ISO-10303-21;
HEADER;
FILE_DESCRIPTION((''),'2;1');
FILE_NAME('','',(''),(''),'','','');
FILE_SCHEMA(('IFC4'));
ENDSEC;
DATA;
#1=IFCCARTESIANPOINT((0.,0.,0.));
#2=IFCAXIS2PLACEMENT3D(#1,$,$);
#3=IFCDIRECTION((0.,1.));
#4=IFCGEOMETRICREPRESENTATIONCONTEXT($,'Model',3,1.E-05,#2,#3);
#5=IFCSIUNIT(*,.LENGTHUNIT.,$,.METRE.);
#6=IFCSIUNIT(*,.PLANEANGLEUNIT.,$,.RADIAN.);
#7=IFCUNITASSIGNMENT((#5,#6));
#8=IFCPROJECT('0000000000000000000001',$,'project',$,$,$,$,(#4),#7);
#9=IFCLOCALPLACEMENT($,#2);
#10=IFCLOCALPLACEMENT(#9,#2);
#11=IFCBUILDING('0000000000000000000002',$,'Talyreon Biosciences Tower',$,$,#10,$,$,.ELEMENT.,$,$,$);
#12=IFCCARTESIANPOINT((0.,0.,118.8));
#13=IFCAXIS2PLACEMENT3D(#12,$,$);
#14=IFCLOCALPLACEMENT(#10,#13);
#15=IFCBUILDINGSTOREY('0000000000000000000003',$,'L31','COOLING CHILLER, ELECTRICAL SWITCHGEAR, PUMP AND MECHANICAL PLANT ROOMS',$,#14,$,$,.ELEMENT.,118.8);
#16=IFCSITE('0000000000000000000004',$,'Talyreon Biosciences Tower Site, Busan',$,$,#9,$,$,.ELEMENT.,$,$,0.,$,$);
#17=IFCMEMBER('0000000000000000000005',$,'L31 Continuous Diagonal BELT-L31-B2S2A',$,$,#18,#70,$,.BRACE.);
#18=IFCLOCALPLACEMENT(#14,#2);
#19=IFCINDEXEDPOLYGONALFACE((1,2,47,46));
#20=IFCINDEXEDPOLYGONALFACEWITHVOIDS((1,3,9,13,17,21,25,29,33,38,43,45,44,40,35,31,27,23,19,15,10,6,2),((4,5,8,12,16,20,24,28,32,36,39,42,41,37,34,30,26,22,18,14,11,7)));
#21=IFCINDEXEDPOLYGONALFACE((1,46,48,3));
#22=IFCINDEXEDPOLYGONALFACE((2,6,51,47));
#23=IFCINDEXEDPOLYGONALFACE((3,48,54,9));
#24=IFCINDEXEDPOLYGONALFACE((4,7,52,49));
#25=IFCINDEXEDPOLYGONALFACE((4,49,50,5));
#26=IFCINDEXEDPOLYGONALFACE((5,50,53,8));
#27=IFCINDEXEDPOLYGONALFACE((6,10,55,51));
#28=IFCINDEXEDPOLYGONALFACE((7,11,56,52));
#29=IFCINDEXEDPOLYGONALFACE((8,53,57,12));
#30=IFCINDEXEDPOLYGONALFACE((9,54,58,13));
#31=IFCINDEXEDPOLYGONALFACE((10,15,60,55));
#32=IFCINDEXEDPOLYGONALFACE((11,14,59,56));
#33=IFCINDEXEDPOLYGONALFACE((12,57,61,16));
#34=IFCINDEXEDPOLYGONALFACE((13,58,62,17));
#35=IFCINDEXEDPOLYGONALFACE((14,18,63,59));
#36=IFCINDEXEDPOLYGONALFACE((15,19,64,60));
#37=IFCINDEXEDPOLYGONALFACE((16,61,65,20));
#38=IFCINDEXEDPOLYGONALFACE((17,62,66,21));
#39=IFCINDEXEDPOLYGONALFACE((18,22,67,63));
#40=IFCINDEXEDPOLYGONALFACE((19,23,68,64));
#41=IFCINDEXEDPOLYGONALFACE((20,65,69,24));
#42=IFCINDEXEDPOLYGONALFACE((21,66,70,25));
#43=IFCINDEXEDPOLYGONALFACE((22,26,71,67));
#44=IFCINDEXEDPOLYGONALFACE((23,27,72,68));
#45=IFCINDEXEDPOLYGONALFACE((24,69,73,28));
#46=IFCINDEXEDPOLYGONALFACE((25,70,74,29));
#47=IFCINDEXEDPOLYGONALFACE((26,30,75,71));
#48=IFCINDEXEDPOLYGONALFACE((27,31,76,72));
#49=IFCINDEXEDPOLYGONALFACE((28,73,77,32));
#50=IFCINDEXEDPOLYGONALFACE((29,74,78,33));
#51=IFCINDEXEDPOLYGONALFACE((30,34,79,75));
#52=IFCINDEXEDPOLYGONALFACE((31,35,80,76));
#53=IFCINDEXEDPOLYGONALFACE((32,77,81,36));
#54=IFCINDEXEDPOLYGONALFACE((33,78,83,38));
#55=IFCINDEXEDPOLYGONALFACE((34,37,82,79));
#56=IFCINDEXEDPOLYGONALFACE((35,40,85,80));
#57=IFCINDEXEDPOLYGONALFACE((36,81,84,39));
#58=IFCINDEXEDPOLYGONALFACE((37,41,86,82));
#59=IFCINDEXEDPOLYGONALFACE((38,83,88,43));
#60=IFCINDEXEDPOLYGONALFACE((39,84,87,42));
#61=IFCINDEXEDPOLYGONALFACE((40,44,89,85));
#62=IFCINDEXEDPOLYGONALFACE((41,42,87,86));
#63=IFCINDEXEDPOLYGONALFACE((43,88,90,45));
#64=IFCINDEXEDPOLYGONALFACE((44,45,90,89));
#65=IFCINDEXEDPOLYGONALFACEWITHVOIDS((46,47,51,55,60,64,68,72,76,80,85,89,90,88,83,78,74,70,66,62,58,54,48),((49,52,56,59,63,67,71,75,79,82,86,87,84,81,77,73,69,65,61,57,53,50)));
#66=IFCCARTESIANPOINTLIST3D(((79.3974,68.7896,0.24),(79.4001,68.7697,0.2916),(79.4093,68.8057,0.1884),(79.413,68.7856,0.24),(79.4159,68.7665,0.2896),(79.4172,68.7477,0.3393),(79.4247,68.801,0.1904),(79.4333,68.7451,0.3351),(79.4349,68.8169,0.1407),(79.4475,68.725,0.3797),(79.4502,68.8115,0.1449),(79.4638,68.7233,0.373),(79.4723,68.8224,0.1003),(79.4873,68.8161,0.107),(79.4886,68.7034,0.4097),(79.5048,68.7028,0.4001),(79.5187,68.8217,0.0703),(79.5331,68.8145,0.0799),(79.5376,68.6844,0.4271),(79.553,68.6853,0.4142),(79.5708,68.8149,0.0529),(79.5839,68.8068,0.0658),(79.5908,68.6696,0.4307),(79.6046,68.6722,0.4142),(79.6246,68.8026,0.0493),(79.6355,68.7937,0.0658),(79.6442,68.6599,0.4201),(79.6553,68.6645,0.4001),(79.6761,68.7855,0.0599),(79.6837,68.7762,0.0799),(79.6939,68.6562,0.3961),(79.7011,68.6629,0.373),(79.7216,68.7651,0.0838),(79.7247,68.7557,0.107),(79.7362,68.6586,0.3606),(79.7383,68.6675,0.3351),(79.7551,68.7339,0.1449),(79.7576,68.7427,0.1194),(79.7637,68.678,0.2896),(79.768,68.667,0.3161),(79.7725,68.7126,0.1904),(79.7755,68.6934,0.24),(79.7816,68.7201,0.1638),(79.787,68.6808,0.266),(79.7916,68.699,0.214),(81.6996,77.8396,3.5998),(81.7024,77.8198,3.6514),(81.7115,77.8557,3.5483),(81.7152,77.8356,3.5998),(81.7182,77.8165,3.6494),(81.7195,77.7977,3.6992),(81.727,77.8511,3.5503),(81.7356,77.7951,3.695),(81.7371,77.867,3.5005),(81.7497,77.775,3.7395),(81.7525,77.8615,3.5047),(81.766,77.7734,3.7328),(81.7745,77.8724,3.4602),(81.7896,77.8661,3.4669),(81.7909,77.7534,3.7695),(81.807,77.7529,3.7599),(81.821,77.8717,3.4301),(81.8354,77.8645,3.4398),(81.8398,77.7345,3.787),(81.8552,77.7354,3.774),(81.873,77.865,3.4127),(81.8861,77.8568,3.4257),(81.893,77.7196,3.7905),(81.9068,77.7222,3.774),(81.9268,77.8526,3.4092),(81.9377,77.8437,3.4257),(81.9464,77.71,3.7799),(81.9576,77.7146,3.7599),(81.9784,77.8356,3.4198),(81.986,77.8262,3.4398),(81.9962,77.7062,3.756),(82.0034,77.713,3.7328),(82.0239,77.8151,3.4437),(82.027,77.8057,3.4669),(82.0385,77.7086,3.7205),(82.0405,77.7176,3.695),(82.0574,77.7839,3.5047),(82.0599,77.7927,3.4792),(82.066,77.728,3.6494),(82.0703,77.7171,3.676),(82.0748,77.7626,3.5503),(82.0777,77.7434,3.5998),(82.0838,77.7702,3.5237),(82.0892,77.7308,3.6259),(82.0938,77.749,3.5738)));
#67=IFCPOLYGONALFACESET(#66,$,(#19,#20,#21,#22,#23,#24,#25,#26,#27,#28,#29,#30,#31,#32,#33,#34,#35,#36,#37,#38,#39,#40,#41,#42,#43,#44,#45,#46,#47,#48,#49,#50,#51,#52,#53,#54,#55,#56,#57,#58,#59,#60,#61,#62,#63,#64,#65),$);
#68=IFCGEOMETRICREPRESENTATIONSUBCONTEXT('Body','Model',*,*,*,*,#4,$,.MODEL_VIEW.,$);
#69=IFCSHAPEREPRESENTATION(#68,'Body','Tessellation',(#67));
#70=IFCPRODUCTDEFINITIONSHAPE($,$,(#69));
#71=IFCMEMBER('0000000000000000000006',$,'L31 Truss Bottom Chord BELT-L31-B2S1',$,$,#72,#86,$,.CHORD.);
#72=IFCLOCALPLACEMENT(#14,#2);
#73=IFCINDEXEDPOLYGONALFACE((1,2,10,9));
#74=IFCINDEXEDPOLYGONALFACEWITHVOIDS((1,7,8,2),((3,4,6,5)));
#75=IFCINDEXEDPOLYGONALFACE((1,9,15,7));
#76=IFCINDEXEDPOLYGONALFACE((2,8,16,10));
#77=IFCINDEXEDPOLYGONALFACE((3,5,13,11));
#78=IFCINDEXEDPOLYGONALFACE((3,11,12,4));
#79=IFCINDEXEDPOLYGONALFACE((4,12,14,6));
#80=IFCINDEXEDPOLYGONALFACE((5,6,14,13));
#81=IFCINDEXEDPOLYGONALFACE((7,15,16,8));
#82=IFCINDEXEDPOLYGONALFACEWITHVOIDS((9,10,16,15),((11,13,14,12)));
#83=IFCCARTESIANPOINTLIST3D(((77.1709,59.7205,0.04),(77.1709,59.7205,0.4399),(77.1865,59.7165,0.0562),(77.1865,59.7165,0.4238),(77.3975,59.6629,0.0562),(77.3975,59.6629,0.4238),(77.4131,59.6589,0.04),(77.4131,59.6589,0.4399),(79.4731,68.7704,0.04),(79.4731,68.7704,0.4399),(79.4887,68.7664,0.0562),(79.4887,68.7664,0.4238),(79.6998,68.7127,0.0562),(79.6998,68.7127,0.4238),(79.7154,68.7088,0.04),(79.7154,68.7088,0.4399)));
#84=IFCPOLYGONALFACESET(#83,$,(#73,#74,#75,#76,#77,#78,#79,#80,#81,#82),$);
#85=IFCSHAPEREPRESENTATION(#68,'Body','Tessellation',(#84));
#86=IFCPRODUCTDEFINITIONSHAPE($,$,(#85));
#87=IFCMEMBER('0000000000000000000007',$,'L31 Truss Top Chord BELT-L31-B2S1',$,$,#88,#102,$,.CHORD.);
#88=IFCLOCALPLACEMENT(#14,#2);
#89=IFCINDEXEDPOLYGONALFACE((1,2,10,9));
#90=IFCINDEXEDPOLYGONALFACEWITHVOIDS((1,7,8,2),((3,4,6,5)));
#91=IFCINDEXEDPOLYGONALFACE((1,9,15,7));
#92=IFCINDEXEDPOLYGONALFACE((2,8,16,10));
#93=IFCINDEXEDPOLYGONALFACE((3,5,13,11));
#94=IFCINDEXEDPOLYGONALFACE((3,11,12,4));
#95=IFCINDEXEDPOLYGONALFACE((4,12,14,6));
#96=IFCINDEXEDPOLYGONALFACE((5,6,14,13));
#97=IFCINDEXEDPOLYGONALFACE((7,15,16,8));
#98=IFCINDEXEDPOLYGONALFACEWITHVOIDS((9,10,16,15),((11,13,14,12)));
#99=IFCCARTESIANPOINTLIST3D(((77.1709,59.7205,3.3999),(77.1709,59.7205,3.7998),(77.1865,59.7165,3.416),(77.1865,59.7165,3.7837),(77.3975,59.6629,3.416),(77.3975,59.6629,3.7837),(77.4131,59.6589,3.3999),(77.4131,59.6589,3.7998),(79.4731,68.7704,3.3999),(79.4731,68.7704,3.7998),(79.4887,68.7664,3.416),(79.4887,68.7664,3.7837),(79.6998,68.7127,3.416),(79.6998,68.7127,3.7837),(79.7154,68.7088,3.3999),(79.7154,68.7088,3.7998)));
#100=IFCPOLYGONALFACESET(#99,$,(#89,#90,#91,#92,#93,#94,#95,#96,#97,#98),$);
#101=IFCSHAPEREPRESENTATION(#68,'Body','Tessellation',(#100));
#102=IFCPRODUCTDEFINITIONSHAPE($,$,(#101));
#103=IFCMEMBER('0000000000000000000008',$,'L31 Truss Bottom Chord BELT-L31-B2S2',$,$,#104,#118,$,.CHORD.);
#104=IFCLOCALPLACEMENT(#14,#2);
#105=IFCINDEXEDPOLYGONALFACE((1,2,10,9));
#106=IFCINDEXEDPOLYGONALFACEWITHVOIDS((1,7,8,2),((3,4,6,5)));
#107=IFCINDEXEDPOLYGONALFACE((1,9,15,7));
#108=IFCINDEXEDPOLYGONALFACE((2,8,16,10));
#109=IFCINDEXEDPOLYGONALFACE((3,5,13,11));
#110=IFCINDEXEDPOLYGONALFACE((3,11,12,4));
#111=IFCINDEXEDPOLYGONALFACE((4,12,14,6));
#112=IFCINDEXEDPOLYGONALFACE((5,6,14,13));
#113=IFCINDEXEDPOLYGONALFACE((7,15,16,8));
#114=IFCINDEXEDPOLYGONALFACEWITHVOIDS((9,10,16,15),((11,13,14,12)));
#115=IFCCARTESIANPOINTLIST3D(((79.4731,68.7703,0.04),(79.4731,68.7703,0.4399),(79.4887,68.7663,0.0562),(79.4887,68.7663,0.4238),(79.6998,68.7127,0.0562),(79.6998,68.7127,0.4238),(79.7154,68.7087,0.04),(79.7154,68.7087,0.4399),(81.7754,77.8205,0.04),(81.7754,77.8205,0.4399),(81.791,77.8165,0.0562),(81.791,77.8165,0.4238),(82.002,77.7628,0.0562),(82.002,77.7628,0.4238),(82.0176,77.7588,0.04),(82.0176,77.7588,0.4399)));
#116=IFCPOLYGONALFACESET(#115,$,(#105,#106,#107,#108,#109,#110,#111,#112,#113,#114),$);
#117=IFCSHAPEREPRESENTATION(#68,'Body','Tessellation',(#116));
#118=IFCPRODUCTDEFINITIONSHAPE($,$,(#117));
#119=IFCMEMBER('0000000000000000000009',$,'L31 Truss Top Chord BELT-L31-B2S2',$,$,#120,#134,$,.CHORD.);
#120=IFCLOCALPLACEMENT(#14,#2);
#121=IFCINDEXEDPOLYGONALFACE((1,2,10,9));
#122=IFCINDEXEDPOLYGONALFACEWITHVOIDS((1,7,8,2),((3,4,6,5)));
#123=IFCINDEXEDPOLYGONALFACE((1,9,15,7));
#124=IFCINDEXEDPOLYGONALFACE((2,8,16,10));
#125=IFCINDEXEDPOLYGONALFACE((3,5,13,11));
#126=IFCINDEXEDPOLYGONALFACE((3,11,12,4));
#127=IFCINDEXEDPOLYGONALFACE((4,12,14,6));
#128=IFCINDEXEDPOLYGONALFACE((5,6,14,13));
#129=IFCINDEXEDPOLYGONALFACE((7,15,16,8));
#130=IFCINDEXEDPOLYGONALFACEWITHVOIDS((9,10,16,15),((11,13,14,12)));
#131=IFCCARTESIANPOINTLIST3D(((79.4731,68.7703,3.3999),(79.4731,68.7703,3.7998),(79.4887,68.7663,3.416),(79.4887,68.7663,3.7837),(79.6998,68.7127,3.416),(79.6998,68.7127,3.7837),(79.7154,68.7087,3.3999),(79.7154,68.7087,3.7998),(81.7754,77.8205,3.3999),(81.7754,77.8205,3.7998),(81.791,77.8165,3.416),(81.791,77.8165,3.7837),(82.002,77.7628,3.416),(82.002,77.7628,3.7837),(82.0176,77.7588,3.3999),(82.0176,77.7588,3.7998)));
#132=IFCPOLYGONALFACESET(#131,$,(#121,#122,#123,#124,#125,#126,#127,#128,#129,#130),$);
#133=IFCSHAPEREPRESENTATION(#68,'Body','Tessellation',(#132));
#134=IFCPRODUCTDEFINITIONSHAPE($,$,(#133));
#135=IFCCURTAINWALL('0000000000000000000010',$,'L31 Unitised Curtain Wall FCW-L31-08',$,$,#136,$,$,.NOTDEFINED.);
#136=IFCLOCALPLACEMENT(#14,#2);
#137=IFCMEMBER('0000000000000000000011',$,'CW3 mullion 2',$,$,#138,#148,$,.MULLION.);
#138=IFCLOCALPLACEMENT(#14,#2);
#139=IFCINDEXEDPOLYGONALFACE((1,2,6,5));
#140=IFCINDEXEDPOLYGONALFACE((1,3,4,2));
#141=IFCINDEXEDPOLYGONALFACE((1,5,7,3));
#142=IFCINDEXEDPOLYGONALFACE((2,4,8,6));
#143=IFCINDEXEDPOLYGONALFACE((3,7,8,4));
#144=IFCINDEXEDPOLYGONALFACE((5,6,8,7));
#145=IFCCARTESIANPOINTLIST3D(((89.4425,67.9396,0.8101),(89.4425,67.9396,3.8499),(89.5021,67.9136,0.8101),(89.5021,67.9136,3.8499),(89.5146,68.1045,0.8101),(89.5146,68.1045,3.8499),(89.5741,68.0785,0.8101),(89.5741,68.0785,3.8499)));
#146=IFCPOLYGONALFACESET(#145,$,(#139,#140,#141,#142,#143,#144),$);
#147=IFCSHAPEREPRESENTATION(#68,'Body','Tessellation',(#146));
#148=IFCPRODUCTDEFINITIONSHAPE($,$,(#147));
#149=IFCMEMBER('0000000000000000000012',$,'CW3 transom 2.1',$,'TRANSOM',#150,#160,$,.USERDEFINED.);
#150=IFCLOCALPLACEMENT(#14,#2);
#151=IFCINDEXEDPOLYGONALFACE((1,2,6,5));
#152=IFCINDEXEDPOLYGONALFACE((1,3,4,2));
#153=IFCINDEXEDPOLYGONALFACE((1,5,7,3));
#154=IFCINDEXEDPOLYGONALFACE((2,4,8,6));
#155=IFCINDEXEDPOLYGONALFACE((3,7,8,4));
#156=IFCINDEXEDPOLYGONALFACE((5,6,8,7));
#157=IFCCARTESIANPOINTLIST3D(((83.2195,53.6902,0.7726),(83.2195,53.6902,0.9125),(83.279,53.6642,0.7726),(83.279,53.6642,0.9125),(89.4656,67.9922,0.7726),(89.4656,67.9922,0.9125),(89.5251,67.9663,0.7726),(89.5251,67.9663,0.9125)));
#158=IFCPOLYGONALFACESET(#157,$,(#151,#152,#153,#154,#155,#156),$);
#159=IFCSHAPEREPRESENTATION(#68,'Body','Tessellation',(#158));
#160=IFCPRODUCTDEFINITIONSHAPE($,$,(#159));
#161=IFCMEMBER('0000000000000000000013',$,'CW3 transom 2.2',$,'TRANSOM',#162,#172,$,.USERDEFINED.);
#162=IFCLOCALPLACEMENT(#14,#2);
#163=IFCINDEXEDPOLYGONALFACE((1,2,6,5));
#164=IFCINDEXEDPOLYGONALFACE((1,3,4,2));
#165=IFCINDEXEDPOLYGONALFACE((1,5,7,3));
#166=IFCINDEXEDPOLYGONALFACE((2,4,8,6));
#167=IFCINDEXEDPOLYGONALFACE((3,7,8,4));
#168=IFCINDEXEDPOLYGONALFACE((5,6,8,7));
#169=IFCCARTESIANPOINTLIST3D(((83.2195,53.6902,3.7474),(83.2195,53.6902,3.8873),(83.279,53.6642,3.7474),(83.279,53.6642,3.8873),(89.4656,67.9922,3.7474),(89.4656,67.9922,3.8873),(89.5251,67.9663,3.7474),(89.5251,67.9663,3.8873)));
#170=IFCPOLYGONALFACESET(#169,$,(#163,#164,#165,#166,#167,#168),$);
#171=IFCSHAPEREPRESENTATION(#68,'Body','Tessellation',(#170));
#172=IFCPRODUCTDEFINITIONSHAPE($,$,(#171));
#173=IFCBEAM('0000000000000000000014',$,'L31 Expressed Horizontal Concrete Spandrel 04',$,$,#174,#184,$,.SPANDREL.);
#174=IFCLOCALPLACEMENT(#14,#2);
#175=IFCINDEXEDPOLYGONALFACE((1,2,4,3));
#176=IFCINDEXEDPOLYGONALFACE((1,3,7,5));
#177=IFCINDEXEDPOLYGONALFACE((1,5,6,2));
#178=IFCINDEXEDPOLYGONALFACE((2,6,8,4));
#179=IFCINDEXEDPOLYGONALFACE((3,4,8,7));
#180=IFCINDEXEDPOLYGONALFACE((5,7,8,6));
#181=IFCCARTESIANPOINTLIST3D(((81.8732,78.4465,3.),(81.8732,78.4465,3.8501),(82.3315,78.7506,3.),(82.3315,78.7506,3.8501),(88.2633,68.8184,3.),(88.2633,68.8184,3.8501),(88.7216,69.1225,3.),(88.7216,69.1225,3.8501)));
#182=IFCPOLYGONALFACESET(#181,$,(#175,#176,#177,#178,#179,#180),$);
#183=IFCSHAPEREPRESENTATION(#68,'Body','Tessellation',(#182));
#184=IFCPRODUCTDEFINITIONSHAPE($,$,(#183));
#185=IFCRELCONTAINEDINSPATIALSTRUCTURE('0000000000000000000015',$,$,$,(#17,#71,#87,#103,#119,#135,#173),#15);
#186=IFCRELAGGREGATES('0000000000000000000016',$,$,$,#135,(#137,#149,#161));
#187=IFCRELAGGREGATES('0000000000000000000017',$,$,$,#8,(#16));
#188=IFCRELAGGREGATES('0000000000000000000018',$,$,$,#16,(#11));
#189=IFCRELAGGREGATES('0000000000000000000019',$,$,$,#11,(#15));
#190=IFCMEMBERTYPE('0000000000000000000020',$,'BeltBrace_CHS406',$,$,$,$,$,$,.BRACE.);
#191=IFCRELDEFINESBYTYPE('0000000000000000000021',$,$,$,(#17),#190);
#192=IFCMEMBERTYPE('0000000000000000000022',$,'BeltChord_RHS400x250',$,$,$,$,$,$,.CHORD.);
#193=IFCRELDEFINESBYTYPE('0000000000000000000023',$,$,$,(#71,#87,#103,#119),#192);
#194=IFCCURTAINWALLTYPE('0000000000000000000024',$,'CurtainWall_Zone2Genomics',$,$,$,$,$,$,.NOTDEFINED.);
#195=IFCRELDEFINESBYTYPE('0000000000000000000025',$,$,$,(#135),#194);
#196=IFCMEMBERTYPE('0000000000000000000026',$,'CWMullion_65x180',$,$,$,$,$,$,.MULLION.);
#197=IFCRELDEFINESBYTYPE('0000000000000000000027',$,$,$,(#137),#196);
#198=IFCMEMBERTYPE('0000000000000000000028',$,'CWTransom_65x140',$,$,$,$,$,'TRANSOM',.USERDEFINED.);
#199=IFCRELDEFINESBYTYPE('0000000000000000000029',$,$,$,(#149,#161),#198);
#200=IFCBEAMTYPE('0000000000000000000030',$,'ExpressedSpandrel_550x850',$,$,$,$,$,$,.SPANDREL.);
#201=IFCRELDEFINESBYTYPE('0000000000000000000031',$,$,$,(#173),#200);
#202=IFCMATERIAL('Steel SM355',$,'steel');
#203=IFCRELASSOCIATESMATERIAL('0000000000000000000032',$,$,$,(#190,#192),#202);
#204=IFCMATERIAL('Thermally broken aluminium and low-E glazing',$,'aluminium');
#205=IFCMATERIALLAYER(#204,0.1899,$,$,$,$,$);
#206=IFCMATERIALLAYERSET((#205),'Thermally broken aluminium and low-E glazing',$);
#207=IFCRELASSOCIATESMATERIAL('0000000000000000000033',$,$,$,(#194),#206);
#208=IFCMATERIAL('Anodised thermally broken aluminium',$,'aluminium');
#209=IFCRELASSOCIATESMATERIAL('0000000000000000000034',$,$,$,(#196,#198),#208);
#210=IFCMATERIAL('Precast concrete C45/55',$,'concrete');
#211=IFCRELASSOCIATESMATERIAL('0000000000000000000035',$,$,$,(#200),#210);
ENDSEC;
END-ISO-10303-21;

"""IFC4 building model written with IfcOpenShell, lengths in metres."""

from ifc_helpers import new_model, si_unit, direction, frame, origin, origin_2d, place, context, subcontext, project, spatial, rectangle, hollow_rectangle, hollow_circle, extrude, material, layer, layer_set, material_profile, profile_set, type_object, element, aggregate, save


model = new_model("IFC4")

# Units and contexts
model_context = context("Model", 3, precision=1e-05, world=origin(), true_north=direction((0.0, 1.0)))
body_context = subcontext(model_context, "Body", "Model", "MODEL_VIEW")
ifc_project = project(units=[si_unit("LENGTHUNIT", "METRE"), si_unit("PLANEANGLEUNIT", "RADIAN")], contexts=[model_context])

# Site, building, storey
site_placement = place(None, origin())
site = spatial("IfcSite", under=ifc_project, at=site_placement, Name="Talyreon Biosciences Tower Site, Busan", CompositionType="ELEMENT", RefElevation=0.0)
building_placement = place(site_placement, origin())
building = spatial("IfcBuilding", under=site, at=building_placement, Name="Talyreon Biosciences Tower", CompositionType="ELEMENT")
storey_placement = place(building_placement, frame((0.0, 0.0, 118.8)))
storey = spatial("IfcBuildingStorey", under=building, at=storey_placement, Name="L31", Description="COOLING CHILLER, ELECTRICAL SWITCHGEAR, PUMP AND MECHANICAL PLANT ROOMS", CompositionType="ELEMENT", Elevation=118.8)

# Members
ifc_material_1 = material(Name="Steel SM355", Category="steel")
ifc_material_profile_1 = material_profile(ifc_material_1, hollow_circle(Radius=0.2031, WallThickness=0.0161, at=origin_2d()), Name="CHS 406.4x16")
ifc_profile_set_1 = profile_set([ifc_material_profile_1], Name="Steel SM355")
member_type_1 = type_object("IfcMemberType", Name="BeltBrace_CHS406", PredefinedType="BRACE", material=ifc_profile_set_1)
member_1_placement = place(storey_placement, frame((79.5942, 68.7395, 0.24), z_axis=(0.23198, 0.911905, 0.338548), x_axis=(-0.969133, 0.246538, 0.0)))
element("IfcMember", 1, at=member_1_placement, inside=storey, type_object=member_type_1, Name="L31 Continuous Diagonal BELT-L31-B2S2A", PredefinedType="BRACE", context=body_context, shape_type="SweptSolid", body=[
    extrude(hollow_circle(Radius=0.2031, WallThickness=0.0161, at=origin_2d()), origin(), (0.0, 0.0, 1.0), 9.9243),
])
ifc_material_profile_2 = material_profile(ifc_material_1, hollow_rectangle(XDim=0.25, YDim=0.3999, WallThickness=0.0161, at=origin_2d()), Name="RHS 400x250x16")
ifc_profile_set_2 = profile_set([ifc_material_profile_2], Name="Steel SM355")
member_type_2 = type_object("IfcMemberType", Name="BeltChord_RHS400x250", PredefinedType="CHORD", material=ifc_profile_set_2)
for number, where, z_axis, x_axis, name in (
    (2, (77.292, 59.6897, 0.24), (0.246544, 0.969131, 0.0), (-0.969131, 0.246544, 0.0), "L31 Truss Bottom Chord BELT-L31-B2S1"),
    (3, (77.292, 59.6897, 3.5999), (0.246544, 0.969131, 0.0), (-0.969131, 0.246544, 0.0), "L31 Truss Top Chord BELT-L31-B2S1"),
):
    element("IfcMember", number, at=place(storey_placement, frame(where, z_axis=z_axis, x_axis=x_axis)), inside=storey, type_object=member_type_2, Name=name, PredefinedType="CHORD", context=body_context, shape_type="SweptSolid", body=[
        extrude(hollow_rectangle(XDim=0.25, YDim=0.3999, WallThickness=0.0161, at=origin_2d()), origin(), (0.0, 0.0, 1.0), 9.3381),
    ])
for number, where, z_axis, x_axis, name in (
    (4, (79.5942, 68.7395, 0.24), (0.246538, 0.969133, 0.0), (-0.969133, 0.246538, 0.0), "L31 Truss Bottom Chord BELT-L31-B2S2"),
    (5, (79.5942, 68.7395, 3.5999), (0.246538, 0.969133, 0.0), (-0.969133, 0.246538, 0.0), "L31 Truss Top Chord BELT-L31-B2S2"),
):
    element("IfcMember", number, at=place(storey_placement, frame(where, z_axis=z_axis, x_axis=x_axis)), inside=storey, type_object=member_type_2, Name=name, PredefinedType="CHORD", context=body_context, shape_type="SweptSolid", body=[
        extrude(hollow_rectangle(XDim=0.25, YDim=0.3999, WallThickness=0.0161, at=origin_2d()), origin(), (0.0, 0.0, 1.0), 9.3384),
    ])

# Curtain wall, members
ifc_material_2 = material(Name="Thermally broken aluminium and low-E glazing", Category="aluminium")
ifc_layer_1 = layer(ifc_material_2, 0.1899)
ifc_layer_set_1 = layer_set([ifc_layer_1], Name="Thermally broken aluminium and low-E glazing")
curtain_wall_type = type_object("IfcCurtainWallType", Name="CurtainWall_Zone2Genomics", PredefinedType="NOTDEFINED", material=ifc_layer_set_1)
curtain_wall_placement = place(storey_placement, origin())
curtain_wall = element("IfcCurtainWall", 6, at=curtain_wall_placement, inside=storey, type_object=curtain_wall_type, Name="L31 Unitised Curtain Wall FCW-L31-08", PredefinedType="NOTDEFINED")
ifc_material_3 = material(Name="Anodised thermally broken aluminium", Category="aluminium")
ifc_material_profile_3 = material_profile(ifc_material_3, rectangle(XDim=0.0649, YDim=0.1799, at=origin_2d()), Name="ALUM MULLION 65x180")
ifc_profile_set_3 = profile_set([ifc_material_profile_3], Name="Anodised thermally broken aluminium")
member_type_3 = type_object("IfcMemberType", Name="CWMullion_65x180", PredefinedType="MULLION", material=ifc_profile_set_3)
member_2_placement = place(storey_placement, frame((89.5083, 68.009, 0.8101), z_axis=(0.0, 0.0, 1.0), x_axis=(0.916416, -0.400226, 0.0)))
member_2 = element("IfcMember", 7, at=member_2_placement, type_object=member_type_3, Name="CW3 mullion 2", PredefinedType="MULLION", context=body_context, shape_type="SweptSolid", body=[
    extrude(rectangle(XDim=0.0649, YDim=0.1799, at=origin_2d()), origin(), (0.0, 0.0, 1.0), 3.0398),
])
ifc_material_profile_4 = material_profile(ifc_material_3, rectangle(XDim=0.0649, YDim=0.1399, at=origin_2d()), Name="ALUM TRANSOM 65x140")
ifc_profile_set_4 = profile_set([ifc_material_profile_4], Name="Anodised thermally broken aluminium")
member_type_4 = type_object("IfcMemberType", Name="CWTransom_65x140", ElementType="TRANSOM", PredefinedType="USERDEFINED", material=ifc_profile_set_4)
member_3_placement = place(storey_placement, frame((89.4954, 67.9792, 0.8425), z_axis=(-0.400225, -0.916417, 0.0), x_axis=(0.916417, -0.400225, 0.0)))
member_3 = element("IfcMember", 8, at=member_3_placement, type_object=member_type_4, Name="CW3 transom 2.1", ObjectType="TRANSOM", PredefinedType="USERDEFINED", context=body_context, shape_type="SweptSolid", body=[
    extrude(rectangle(XDim=0.0649, YDim=0.1399, at=origin_2d()), origin(), (0.0, 0.0, 1.0), 15.6064),
])
member_4_placement = place(storey_placement, frame((89.4954, 67.9792, 3.8174), z_axis=(-0.400225, -0.916417, 0.0), x_axis=(0.916417, -0.400225, 0.0)))
member_4 = element("IfcMember", 9, at=member_4_placement, type_object=member_type_4, Name="CW3 transom 2.2", ObjectType="TRANSOM", PredefinedType="USERDEFINED", context=body_context, shape_type="SweptSolid", body=[
    extrude(rectangle(XDim=0.0649, YDim=0.1399, at=origin_2d()), origin(), (0.0, 0.0, 1.0), 15.6064),
])

# Beam
ifc_material_4 = material(Name="Precast concrete C45/55", Category="concrete")
ifc_material_profile_5 = material_profile(ifc_material_4, rectangle(XDim=0.55, YDim=0.8501, at=origin_2d()), Name="RCB 550x850")
ifc_profile_set_5 = profile_set([ifc_material_profile_5], Name="Precast concrete C45/55")
beam_type = type_object("IfcBeamType", Name="ExpressedSpandrel_550x850", PredefinedType="SPANDREL", material=ifc_profile_set_5)
beam_placement = place(storey_placement, frame((88.4924, 68.9705, 3.425), z_axis=(-0.552983, 0.833193, 0.0), x_axis=(-0.833193, -0.552983, 0.0)))
element("IfcBeam", 10, at=beam_placement, inside=storey, type_object=beam_type, Name="L31 Expressed Horizontal Concrete Spandrel 04", PredefinedType="SPANDREL", context=body_context, shape_type="SweptSolid", body=[
    extrude(rectangle(XDim=0.55, YDim=0.8501, at=origin_2d()), origin(), (0.0, 0.0, 1.0), 11.5557),
])

aggregate(curtain_wall, [member_2, member_3, member_4])

save(model, "model.ifc")
